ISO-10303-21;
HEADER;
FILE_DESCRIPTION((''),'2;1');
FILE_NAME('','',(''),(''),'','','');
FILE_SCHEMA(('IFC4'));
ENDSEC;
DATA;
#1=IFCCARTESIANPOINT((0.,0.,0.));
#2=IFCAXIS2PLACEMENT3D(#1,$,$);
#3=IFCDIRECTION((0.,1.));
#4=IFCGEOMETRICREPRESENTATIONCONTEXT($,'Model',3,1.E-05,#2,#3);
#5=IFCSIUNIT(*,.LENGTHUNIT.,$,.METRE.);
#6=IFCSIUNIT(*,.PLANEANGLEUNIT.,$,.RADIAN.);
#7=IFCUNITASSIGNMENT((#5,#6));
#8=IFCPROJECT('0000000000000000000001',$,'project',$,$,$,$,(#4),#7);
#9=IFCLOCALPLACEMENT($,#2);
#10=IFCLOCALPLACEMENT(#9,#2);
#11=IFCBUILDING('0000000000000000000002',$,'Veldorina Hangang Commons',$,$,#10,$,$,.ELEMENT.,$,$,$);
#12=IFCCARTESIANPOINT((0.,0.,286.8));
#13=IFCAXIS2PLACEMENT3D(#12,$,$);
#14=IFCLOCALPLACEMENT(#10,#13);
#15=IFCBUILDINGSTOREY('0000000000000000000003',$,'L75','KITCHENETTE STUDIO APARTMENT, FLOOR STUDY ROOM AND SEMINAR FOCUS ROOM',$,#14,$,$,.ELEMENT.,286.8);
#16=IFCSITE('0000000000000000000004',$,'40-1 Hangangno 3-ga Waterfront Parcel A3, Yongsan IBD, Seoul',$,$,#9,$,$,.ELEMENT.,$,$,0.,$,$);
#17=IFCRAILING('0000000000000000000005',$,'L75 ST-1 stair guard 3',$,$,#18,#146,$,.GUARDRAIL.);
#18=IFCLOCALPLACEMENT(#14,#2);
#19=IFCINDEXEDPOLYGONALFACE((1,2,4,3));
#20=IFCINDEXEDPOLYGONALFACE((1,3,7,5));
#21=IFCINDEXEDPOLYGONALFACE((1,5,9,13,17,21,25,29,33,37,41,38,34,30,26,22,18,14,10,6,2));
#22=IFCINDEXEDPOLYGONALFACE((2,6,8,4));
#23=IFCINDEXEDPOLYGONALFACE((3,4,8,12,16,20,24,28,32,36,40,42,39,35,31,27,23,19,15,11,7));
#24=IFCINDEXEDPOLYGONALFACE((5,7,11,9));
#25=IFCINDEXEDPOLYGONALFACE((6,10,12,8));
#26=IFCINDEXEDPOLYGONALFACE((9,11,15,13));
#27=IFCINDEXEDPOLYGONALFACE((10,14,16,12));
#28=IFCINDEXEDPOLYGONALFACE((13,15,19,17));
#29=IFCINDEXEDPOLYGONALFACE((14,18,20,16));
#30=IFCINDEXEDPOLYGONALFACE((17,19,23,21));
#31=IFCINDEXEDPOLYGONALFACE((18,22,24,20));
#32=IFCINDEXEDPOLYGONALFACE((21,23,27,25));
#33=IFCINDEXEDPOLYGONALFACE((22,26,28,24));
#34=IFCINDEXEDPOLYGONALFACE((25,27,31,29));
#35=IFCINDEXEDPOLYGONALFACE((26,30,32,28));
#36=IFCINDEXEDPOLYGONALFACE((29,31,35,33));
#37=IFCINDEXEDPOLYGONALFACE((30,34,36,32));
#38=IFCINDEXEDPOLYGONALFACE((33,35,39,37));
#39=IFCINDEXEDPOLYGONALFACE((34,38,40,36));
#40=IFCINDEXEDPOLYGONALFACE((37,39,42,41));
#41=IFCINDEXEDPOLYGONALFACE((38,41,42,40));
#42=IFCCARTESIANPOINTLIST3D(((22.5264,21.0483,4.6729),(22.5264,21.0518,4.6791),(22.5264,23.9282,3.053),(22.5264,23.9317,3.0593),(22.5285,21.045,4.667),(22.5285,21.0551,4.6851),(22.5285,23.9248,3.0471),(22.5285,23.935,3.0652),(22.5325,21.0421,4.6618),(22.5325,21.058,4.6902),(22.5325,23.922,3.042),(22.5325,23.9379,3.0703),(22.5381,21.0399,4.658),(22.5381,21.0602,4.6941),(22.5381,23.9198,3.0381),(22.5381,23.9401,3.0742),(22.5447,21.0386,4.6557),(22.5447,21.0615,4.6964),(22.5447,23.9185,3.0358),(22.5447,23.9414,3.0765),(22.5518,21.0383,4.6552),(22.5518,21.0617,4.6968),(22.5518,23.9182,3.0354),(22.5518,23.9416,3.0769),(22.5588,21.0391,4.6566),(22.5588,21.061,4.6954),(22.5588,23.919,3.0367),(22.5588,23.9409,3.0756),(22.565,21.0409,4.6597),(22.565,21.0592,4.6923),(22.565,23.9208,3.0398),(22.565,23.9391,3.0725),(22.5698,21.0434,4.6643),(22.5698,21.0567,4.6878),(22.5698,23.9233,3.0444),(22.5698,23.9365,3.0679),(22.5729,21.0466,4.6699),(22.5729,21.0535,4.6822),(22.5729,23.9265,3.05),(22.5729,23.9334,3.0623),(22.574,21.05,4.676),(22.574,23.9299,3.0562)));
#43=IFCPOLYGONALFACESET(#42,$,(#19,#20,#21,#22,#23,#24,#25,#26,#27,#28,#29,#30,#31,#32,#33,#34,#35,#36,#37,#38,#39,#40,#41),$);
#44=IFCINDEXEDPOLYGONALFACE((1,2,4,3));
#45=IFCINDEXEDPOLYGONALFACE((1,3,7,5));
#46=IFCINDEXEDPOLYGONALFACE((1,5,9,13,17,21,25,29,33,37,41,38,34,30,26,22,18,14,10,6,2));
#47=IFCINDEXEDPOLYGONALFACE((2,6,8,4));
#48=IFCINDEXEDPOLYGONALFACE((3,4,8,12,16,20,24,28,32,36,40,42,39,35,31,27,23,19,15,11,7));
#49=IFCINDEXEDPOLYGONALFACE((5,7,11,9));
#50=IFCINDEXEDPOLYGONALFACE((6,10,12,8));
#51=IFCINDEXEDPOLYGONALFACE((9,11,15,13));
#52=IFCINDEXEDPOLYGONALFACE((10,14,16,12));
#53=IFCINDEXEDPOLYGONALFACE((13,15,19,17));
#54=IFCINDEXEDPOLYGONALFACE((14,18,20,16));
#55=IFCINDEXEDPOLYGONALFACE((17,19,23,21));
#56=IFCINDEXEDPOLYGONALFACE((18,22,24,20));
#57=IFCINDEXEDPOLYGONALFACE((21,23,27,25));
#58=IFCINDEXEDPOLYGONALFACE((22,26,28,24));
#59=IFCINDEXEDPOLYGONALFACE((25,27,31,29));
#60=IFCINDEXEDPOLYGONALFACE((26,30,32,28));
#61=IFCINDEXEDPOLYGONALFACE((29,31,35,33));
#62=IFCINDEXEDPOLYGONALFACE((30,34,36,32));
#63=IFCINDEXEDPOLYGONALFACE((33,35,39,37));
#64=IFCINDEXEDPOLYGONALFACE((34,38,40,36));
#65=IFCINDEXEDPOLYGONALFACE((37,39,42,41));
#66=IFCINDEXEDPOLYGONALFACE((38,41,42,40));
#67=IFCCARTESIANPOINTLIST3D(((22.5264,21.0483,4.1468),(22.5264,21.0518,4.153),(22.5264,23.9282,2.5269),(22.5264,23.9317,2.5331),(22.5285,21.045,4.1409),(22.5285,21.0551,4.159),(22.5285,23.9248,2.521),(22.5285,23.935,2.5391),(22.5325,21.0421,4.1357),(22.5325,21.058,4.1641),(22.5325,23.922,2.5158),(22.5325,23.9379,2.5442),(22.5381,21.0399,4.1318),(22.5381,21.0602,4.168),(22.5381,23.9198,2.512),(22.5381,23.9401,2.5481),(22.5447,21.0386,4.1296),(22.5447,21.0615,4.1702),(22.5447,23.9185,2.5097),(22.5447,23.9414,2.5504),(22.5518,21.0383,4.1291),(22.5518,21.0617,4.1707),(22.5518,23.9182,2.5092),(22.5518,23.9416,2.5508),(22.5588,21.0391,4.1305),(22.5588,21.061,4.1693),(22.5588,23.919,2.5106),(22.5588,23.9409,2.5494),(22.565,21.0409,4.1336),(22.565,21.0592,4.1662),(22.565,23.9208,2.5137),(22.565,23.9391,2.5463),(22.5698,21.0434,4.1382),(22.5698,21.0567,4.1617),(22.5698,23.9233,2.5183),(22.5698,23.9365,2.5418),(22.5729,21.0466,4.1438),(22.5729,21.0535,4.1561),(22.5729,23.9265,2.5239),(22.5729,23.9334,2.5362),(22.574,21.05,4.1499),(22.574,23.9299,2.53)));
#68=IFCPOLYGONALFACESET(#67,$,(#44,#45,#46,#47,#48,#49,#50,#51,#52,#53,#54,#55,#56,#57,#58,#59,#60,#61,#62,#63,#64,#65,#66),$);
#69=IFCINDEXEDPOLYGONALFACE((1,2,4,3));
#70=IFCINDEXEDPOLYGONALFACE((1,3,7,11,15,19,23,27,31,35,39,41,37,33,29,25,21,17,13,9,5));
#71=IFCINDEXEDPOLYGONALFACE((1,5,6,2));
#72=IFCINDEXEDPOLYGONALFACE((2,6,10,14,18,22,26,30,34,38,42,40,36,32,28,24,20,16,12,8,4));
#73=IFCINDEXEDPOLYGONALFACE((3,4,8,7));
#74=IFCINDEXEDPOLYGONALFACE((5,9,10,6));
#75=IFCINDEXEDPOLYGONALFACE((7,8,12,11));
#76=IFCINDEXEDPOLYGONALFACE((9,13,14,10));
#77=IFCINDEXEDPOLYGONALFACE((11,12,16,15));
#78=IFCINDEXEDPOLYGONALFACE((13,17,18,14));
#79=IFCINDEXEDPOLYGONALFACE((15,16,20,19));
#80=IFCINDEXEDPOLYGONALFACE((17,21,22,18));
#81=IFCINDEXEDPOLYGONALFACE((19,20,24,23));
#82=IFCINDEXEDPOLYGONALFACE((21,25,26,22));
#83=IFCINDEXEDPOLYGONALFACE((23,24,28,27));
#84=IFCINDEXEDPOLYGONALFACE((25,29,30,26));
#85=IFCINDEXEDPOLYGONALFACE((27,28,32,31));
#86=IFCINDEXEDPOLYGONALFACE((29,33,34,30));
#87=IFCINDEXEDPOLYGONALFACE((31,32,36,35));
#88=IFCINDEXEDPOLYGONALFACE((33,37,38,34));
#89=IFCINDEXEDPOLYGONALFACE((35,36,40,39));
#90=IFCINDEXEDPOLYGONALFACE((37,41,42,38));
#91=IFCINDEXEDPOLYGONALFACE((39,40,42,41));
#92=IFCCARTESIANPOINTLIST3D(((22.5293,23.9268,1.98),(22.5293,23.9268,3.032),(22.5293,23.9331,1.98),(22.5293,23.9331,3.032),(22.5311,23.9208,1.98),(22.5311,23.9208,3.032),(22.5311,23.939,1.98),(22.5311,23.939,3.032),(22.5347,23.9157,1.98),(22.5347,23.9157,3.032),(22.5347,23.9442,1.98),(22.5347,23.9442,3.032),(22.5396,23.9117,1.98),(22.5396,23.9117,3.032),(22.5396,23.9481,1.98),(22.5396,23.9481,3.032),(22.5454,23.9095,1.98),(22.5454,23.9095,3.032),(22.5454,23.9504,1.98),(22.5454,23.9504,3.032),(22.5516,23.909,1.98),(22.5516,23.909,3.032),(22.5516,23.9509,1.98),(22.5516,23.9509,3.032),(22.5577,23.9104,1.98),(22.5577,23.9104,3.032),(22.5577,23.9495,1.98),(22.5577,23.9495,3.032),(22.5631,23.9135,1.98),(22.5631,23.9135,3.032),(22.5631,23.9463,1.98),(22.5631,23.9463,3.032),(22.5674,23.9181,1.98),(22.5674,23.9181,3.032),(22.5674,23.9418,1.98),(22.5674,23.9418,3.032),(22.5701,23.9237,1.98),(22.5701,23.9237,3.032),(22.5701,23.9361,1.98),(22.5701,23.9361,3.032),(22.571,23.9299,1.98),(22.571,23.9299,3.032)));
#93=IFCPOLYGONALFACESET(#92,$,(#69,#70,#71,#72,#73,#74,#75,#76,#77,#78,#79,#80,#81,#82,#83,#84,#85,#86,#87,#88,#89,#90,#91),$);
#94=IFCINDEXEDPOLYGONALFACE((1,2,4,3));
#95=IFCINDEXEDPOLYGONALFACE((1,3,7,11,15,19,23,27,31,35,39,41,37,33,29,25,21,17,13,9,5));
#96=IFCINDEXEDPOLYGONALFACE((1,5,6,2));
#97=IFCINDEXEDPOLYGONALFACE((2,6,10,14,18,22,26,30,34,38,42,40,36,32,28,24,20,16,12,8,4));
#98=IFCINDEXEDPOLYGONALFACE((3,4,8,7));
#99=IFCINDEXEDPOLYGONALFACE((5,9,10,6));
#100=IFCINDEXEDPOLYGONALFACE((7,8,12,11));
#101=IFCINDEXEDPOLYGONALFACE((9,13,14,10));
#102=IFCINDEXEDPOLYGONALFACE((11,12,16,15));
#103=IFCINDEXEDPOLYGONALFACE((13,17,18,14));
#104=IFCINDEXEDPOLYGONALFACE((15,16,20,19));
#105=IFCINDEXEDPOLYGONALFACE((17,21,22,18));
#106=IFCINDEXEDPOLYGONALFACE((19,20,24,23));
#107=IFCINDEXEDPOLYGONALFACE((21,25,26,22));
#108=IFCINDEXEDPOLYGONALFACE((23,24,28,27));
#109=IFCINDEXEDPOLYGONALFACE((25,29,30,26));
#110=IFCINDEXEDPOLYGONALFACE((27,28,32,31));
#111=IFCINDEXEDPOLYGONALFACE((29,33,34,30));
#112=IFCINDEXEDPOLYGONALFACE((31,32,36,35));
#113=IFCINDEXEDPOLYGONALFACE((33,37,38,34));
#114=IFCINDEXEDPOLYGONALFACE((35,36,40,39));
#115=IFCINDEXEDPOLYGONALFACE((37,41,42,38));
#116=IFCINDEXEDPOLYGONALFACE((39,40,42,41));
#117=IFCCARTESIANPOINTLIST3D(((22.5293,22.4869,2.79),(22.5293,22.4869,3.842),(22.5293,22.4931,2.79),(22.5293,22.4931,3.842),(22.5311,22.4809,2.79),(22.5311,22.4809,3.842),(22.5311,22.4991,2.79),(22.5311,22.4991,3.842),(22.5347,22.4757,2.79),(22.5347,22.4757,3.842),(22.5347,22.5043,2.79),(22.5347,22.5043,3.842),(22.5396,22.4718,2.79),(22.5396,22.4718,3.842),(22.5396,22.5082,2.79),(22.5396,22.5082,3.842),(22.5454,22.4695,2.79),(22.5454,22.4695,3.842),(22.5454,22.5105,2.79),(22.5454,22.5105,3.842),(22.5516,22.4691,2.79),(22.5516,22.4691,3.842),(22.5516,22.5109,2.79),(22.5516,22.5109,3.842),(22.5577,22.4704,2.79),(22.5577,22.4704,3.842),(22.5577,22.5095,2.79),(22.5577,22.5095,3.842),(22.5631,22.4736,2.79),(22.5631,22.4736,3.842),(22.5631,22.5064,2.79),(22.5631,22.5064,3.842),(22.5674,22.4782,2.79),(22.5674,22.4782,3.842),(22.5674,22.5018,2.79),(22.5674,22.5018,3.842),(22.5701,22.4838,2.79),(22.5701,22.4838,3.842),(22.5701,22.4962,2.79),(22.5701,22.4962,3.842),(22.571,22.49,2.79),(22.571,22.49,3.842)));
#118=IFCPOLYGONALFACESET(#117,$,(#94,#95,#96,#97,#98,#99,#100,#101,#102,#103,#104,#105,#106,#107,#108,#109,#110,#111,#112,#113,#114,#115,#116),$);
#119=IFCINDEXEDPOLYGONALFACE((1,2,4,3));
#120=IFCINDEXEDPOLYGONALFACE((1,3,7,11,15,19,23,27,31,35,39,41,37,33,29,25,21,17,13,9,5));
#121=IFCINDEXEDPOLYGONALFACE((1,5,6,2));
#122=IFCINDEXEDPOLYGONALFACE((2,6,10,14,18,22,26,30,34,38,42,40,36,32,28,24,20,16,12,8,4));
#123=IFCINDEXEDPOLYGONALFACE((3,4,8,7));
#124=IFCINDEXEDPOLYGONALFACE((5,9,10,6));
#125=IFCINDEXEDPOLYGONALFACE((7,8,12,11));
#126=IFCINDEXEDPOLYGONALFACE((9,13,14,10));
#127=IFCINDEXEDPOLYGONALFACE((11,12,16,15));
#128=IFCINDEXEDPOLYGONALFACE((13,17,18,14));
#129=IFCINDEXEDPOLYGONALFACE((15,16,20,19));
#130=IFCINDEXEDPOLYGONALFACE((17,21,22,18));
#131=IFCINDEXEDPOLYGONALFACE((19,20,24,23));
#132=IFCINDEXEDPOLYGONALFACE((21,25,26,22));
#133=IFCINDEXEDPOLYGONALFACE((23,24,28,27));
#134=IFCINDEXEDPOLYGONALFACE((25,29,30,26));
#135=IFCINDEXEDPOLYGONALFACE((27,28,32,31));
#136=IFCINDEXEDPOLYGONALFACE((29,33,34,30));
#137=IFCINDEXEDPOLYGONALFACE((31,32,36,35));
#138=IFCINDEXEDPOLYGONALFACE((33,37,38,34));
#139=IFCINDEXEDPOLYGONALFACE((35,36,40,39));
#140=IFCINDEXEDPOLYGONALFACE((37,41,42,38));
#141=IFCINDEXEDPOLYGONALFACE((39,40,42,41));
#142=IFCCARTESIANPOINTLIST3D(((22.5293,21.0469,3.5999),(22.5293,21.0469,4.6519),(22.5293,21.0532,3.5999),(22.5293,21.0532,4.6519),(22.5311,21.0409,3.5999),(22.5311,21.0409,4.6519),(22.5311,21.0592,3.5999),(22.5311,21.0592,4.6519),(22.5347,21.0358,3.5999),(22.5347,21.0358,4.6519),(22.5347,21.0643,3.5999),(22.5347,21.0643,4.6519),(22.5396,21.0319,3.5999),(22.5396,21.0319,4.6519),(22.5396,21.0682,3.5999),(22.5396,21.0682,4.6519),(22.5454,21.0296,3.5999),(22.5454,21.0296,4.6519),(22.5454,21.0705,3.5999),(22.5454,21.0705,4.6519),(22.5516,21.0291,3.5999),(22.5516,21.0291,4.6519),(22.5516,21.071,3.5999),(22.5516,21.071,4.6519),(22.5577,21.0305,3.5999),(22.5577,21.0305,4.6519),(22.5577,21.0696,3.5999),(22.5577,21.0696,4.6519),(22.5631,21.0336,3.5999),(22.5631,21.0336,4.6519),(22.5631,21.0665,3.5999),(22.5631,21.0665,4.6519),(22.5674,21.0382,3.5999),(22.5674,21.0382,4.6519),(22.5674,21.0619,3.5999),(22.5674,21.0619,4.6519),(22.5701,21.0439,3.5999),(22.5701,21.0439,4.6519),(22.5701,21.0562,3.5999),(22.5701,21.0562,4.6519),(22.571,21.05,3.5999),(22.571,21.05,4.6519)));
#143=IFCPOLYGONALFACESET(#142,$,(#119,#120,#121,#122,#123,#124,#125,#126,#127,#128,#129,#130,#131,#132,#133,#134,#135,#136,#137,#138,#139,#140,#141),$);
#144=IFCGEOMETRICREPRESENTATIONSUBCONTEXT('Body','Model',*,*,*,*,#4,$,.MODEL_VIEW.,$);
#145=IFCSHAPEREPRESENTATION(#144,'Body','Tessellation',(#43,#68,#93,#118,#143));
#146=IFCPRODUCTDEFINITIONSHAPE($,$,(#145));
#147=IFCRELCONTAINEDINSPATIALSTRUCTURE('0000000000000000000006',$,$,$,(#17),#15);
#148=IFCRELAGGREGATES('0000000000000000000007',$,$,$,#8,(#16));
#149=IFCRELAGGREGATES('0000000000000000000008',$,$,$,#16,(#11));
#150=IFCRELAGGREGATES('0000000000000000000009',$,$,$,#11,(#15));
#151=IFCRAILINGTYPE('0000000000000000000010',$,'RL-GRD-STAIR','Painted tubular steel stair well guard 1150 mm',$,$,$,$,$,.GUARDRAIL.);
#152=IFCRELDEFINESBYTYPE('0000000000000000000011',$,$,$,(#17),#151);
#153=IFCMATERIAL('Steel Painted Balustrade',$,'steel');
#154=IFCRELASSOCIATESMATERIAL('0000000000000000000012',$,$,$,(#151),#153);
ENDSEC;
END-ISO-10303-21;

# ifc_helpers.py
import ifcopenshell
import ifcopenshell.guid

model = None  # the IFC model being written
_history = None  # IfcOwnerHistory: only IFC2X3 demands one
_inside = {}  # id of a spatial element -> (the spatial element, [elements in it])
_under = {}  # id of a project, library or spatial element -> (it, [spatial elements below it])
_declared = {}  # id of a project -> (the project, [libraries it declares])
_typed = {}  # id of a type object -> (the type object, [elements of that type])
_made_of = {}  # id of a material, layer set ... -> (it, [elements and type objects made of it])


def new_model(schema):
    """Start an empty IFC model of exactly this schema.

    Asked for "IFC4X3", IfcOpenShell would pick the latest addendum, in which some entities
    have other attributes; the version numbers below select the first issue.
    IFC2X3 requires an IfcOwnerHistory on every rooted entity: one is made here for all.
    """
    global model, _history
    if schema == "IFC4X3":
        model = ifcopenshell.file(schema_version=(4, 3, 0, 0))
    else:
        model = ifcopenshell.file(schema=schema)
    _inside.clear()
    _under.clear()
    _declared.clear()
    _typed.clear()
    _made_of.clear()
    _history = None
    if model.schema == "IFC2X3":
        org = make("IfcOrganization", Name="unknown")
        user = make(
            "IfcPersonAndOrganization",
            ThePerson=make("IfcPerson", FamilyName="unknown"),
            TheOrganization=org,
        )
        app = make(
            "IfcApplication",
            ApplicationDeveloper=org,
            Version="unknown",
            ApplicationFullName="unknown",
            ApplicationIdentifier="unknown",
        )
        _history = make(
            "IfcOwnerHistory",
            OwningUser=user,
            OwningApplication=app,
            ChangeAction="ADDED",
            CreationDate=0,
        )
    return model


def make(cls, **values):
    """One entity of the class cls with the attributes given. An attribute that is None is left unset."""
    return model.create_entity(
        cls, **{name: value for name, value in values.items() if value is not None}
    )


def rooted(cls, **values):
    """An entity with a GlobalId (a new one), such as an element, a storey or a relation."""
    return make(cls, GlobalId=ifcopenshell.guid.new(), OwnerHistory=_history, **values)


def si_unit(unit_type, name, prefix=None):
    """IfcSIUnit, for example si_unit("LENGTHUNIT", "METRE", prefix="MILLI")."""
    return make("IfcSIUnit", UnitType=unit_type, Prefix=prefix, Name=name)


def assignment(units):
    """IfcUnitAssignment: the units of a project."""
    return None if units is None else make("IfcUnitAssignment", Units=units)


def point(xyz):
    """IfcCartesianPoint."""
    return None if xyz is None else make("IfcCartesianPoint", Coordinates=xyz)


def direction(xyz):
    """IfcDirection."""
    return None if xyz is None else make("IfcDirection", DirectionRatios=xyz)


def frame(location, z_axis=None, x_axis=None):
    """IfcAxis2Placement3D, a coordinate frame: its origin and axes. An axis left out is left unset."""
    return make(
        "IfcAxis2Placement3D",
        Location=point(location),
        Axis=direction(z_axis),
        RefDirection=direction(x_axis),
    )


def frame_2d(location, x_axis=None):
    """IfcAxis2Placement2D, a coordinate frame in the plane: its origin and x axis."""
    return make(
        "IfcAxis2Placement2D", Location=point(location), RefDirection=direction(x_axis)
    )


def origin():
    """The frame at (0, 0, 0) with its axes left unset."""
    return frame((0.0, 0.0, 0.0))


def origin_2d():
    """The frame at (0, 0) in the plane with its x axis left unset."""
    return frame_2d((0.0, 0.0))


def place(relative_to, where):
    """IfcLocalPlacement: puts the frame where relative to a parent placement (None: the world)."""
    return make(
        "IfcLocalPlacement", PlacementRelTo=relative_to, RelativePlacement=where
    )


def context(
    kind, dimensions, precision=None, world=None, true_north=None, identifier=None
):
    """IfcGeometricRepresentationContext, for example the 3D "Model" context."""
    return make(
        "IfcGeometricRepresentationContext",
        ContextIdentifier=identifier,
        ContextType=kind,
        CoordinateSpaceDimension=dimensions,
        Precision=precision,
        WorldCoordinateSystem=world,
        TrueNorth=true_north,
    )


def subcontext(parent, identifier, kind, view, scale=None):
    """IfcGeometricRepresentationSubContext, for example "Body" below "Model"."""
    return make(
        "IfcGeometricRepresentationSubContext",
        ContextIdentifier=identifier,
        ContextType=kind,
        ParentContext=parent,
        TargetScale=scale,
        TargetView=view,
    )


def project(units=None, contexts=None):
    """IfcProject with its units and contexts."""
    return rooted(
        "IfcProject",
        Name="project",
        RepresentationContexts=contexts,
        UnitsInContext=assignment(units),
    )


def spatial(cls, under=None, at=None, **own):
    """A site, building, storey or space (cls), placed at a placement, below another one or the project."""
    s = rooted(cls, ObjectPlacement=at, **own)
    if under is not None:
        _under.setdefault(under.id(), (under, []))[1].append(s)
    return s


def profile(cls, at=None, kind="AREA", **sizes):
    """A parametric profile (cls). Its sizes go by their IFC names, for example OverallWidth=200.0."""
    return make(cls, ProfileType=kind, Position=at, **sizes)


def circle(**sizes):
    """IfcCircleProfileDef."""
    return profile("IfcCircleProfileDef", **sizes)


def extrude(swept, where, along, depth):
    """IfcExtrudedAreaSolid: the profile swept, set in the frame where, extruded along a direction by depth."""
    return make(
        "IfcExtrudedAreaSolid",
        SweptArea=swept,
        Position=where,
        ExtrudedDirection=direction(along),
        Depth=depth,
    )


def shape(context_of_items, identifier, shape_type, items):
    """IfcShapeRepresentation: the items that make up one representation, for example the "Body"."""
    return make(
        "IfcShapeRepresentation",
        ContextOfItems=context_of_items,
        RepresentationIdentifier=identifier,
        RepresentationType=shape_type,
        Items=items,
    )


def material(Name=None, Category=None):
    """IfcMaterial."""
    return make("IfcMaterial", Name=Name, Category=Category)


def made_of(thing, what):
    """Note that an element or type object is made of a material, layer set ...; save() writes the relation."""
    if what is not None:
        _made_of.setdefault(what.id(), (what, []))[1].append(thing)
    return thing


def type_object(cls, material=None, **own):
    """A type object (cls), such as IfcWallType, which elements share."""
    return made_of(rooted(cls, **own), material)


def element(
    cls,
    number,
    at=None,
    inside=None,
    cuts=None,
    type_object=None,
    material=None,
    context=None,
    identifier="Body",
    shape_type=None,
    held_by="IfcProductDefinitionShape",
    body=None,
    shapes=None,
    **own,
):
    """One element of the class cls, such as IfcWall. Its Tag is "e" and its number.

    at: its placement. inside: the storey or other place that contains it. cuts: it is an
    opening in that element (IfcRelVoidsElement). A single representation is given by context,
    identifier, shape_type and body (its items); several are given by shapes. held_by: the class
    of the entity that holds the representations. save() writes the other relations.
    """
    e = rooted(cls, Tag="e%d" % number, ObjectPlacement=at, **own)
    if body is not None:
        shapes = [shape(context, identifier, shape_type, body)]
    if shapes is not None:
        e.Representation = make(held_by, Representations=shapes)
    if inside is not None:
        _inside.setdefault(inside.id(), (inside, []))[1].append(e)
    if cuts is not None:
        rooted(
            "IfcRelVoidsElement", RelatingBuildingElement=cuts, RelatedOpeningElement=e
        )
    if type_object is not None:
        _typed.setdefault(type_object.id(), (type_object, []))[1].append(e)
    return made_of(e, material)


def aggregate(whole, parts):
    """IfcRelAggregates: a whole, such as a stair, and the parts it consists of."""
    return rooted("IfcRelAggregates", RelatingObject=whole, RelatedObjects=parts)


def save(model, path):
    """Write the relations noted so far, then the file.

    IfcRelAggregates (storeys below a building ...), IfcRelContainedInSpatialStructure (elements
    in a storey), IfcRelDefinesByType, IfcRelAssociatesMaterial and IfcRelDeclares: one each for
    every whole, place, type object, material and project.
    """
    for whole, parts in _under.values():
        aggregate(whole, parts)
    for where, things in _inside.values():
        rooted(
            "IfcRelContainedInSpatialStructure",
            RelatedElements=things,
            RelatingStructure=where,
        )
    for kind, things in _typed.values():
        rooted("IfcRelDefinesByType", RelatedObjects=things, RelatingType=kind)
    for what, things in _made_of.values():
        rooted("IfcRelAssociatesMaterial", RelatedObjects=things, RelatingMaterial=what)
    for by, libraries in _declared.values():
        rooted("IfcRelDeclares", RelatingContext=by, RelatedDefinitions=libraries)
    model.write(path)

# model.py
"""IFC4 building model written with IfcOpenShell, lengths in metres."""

from ifc_helpers import new_model, si_unit, direction, frame, origin, origin_2d, place, context, subcontext, project, spatial, circle, extrude, material, type_object, element, save


model = new_model("IFC4")

# Units and contexts
model_context = context("Model", 3, precision=1e-05, world=origin(), true_north=direction((0.0, 1.0)))
body_context = subcontext(model_context, "Body", "Model", "MODEL_VIEW")
ifc_project = project(units=[si_unit("LENGTHUNIT", "METRE"), si_unit("PLANEANGLEUNIT", "RADIAN")], contexts=[model_context])

# Site, building, storey
site_placement = place(None, origin())
site = spatial("IfcSite", under=ifc_project, at=site_placement, Name="40-1 Hangangno 3-ga Waterfront Parcel A3, Yongsan IBD, Seoul", CompositionType="ELEMENT", RefElevation=0.0)
building_placement = place(site_placement, origin())
building = spatial("IfcBuilding", under=site, at=building_placement, Name="Veldorina Hangang Commons", CompositionType="ELEMENT")
storey_placement = place(building_placement, frame((0.0, 0.0, 286.8)))
storey = spatial("IfcBuildingStorey", under=building, at=storey_placement, Name="L75", Description="KITCHENETTE STUDIO APARTMENT, FLOOR STUDY ROOM AND SEMINAR FOCUS ROOM", CompositionType="ELEMENT", Elevation=286.8)

# Railing
ifc_material_1 = material(Name="Steel Painted Balustrade", Category="steel")
railing_type = type_object("IfcRailingType", Name="RL-GRD-STAIR", Description="Painted tubular steel stair well guard 1150 mm", PredefinedType="GUARDRAIL", material=ifc_material_1)
railing_1_placement = place(storey_placement, frame((22.55, 23.9299, 1.98)))
element("IfcRailing", 1, at=railing_1_placement, inside=storey, type_object=railing_type, Name="L75 ST-1 stair guard 3", PredefinedType="GUARDRAIL", context=body_context, shape_type="SweptSolid", body=[
    extrude(circle(Radius=0.0239, at=origin_2d()), frame((0.0, 0.0, 1.0762), z_axis=(0.0, -0.871583, 0.490247), x_axis=(1.0, 0.0, 0.0)), (0.0, 0.0, 1.0), 3.3042),
    extrude(circle(Radius=0.0239, at=origin_2d()), frame((0.0, 0.0, 0.55), z_axis=(0.0, -0.871583, 0.490247), x_axis=(1.0, 0.0, 0.0)), (0.0, 0.0, 1.0), 3.3042),
    extrude(circle(Radius=0.021, at=origin_2d()), origin(), (0.0, 0.0, 1.0), 1.052),
    extrude(circle(Radius=0.021, at=origin_2d()), frame((0.0, -1.4399, 0.8101)), (0.0, 0.0, 1.0), 1.052),
    extrude(circle(Radius=0.021, at=origin_2d()), frame((0.0, -2.8799, 1.6199)), (0.0, 0.0, 1.0), 1.052),
])

save(model, "model.ifc")
